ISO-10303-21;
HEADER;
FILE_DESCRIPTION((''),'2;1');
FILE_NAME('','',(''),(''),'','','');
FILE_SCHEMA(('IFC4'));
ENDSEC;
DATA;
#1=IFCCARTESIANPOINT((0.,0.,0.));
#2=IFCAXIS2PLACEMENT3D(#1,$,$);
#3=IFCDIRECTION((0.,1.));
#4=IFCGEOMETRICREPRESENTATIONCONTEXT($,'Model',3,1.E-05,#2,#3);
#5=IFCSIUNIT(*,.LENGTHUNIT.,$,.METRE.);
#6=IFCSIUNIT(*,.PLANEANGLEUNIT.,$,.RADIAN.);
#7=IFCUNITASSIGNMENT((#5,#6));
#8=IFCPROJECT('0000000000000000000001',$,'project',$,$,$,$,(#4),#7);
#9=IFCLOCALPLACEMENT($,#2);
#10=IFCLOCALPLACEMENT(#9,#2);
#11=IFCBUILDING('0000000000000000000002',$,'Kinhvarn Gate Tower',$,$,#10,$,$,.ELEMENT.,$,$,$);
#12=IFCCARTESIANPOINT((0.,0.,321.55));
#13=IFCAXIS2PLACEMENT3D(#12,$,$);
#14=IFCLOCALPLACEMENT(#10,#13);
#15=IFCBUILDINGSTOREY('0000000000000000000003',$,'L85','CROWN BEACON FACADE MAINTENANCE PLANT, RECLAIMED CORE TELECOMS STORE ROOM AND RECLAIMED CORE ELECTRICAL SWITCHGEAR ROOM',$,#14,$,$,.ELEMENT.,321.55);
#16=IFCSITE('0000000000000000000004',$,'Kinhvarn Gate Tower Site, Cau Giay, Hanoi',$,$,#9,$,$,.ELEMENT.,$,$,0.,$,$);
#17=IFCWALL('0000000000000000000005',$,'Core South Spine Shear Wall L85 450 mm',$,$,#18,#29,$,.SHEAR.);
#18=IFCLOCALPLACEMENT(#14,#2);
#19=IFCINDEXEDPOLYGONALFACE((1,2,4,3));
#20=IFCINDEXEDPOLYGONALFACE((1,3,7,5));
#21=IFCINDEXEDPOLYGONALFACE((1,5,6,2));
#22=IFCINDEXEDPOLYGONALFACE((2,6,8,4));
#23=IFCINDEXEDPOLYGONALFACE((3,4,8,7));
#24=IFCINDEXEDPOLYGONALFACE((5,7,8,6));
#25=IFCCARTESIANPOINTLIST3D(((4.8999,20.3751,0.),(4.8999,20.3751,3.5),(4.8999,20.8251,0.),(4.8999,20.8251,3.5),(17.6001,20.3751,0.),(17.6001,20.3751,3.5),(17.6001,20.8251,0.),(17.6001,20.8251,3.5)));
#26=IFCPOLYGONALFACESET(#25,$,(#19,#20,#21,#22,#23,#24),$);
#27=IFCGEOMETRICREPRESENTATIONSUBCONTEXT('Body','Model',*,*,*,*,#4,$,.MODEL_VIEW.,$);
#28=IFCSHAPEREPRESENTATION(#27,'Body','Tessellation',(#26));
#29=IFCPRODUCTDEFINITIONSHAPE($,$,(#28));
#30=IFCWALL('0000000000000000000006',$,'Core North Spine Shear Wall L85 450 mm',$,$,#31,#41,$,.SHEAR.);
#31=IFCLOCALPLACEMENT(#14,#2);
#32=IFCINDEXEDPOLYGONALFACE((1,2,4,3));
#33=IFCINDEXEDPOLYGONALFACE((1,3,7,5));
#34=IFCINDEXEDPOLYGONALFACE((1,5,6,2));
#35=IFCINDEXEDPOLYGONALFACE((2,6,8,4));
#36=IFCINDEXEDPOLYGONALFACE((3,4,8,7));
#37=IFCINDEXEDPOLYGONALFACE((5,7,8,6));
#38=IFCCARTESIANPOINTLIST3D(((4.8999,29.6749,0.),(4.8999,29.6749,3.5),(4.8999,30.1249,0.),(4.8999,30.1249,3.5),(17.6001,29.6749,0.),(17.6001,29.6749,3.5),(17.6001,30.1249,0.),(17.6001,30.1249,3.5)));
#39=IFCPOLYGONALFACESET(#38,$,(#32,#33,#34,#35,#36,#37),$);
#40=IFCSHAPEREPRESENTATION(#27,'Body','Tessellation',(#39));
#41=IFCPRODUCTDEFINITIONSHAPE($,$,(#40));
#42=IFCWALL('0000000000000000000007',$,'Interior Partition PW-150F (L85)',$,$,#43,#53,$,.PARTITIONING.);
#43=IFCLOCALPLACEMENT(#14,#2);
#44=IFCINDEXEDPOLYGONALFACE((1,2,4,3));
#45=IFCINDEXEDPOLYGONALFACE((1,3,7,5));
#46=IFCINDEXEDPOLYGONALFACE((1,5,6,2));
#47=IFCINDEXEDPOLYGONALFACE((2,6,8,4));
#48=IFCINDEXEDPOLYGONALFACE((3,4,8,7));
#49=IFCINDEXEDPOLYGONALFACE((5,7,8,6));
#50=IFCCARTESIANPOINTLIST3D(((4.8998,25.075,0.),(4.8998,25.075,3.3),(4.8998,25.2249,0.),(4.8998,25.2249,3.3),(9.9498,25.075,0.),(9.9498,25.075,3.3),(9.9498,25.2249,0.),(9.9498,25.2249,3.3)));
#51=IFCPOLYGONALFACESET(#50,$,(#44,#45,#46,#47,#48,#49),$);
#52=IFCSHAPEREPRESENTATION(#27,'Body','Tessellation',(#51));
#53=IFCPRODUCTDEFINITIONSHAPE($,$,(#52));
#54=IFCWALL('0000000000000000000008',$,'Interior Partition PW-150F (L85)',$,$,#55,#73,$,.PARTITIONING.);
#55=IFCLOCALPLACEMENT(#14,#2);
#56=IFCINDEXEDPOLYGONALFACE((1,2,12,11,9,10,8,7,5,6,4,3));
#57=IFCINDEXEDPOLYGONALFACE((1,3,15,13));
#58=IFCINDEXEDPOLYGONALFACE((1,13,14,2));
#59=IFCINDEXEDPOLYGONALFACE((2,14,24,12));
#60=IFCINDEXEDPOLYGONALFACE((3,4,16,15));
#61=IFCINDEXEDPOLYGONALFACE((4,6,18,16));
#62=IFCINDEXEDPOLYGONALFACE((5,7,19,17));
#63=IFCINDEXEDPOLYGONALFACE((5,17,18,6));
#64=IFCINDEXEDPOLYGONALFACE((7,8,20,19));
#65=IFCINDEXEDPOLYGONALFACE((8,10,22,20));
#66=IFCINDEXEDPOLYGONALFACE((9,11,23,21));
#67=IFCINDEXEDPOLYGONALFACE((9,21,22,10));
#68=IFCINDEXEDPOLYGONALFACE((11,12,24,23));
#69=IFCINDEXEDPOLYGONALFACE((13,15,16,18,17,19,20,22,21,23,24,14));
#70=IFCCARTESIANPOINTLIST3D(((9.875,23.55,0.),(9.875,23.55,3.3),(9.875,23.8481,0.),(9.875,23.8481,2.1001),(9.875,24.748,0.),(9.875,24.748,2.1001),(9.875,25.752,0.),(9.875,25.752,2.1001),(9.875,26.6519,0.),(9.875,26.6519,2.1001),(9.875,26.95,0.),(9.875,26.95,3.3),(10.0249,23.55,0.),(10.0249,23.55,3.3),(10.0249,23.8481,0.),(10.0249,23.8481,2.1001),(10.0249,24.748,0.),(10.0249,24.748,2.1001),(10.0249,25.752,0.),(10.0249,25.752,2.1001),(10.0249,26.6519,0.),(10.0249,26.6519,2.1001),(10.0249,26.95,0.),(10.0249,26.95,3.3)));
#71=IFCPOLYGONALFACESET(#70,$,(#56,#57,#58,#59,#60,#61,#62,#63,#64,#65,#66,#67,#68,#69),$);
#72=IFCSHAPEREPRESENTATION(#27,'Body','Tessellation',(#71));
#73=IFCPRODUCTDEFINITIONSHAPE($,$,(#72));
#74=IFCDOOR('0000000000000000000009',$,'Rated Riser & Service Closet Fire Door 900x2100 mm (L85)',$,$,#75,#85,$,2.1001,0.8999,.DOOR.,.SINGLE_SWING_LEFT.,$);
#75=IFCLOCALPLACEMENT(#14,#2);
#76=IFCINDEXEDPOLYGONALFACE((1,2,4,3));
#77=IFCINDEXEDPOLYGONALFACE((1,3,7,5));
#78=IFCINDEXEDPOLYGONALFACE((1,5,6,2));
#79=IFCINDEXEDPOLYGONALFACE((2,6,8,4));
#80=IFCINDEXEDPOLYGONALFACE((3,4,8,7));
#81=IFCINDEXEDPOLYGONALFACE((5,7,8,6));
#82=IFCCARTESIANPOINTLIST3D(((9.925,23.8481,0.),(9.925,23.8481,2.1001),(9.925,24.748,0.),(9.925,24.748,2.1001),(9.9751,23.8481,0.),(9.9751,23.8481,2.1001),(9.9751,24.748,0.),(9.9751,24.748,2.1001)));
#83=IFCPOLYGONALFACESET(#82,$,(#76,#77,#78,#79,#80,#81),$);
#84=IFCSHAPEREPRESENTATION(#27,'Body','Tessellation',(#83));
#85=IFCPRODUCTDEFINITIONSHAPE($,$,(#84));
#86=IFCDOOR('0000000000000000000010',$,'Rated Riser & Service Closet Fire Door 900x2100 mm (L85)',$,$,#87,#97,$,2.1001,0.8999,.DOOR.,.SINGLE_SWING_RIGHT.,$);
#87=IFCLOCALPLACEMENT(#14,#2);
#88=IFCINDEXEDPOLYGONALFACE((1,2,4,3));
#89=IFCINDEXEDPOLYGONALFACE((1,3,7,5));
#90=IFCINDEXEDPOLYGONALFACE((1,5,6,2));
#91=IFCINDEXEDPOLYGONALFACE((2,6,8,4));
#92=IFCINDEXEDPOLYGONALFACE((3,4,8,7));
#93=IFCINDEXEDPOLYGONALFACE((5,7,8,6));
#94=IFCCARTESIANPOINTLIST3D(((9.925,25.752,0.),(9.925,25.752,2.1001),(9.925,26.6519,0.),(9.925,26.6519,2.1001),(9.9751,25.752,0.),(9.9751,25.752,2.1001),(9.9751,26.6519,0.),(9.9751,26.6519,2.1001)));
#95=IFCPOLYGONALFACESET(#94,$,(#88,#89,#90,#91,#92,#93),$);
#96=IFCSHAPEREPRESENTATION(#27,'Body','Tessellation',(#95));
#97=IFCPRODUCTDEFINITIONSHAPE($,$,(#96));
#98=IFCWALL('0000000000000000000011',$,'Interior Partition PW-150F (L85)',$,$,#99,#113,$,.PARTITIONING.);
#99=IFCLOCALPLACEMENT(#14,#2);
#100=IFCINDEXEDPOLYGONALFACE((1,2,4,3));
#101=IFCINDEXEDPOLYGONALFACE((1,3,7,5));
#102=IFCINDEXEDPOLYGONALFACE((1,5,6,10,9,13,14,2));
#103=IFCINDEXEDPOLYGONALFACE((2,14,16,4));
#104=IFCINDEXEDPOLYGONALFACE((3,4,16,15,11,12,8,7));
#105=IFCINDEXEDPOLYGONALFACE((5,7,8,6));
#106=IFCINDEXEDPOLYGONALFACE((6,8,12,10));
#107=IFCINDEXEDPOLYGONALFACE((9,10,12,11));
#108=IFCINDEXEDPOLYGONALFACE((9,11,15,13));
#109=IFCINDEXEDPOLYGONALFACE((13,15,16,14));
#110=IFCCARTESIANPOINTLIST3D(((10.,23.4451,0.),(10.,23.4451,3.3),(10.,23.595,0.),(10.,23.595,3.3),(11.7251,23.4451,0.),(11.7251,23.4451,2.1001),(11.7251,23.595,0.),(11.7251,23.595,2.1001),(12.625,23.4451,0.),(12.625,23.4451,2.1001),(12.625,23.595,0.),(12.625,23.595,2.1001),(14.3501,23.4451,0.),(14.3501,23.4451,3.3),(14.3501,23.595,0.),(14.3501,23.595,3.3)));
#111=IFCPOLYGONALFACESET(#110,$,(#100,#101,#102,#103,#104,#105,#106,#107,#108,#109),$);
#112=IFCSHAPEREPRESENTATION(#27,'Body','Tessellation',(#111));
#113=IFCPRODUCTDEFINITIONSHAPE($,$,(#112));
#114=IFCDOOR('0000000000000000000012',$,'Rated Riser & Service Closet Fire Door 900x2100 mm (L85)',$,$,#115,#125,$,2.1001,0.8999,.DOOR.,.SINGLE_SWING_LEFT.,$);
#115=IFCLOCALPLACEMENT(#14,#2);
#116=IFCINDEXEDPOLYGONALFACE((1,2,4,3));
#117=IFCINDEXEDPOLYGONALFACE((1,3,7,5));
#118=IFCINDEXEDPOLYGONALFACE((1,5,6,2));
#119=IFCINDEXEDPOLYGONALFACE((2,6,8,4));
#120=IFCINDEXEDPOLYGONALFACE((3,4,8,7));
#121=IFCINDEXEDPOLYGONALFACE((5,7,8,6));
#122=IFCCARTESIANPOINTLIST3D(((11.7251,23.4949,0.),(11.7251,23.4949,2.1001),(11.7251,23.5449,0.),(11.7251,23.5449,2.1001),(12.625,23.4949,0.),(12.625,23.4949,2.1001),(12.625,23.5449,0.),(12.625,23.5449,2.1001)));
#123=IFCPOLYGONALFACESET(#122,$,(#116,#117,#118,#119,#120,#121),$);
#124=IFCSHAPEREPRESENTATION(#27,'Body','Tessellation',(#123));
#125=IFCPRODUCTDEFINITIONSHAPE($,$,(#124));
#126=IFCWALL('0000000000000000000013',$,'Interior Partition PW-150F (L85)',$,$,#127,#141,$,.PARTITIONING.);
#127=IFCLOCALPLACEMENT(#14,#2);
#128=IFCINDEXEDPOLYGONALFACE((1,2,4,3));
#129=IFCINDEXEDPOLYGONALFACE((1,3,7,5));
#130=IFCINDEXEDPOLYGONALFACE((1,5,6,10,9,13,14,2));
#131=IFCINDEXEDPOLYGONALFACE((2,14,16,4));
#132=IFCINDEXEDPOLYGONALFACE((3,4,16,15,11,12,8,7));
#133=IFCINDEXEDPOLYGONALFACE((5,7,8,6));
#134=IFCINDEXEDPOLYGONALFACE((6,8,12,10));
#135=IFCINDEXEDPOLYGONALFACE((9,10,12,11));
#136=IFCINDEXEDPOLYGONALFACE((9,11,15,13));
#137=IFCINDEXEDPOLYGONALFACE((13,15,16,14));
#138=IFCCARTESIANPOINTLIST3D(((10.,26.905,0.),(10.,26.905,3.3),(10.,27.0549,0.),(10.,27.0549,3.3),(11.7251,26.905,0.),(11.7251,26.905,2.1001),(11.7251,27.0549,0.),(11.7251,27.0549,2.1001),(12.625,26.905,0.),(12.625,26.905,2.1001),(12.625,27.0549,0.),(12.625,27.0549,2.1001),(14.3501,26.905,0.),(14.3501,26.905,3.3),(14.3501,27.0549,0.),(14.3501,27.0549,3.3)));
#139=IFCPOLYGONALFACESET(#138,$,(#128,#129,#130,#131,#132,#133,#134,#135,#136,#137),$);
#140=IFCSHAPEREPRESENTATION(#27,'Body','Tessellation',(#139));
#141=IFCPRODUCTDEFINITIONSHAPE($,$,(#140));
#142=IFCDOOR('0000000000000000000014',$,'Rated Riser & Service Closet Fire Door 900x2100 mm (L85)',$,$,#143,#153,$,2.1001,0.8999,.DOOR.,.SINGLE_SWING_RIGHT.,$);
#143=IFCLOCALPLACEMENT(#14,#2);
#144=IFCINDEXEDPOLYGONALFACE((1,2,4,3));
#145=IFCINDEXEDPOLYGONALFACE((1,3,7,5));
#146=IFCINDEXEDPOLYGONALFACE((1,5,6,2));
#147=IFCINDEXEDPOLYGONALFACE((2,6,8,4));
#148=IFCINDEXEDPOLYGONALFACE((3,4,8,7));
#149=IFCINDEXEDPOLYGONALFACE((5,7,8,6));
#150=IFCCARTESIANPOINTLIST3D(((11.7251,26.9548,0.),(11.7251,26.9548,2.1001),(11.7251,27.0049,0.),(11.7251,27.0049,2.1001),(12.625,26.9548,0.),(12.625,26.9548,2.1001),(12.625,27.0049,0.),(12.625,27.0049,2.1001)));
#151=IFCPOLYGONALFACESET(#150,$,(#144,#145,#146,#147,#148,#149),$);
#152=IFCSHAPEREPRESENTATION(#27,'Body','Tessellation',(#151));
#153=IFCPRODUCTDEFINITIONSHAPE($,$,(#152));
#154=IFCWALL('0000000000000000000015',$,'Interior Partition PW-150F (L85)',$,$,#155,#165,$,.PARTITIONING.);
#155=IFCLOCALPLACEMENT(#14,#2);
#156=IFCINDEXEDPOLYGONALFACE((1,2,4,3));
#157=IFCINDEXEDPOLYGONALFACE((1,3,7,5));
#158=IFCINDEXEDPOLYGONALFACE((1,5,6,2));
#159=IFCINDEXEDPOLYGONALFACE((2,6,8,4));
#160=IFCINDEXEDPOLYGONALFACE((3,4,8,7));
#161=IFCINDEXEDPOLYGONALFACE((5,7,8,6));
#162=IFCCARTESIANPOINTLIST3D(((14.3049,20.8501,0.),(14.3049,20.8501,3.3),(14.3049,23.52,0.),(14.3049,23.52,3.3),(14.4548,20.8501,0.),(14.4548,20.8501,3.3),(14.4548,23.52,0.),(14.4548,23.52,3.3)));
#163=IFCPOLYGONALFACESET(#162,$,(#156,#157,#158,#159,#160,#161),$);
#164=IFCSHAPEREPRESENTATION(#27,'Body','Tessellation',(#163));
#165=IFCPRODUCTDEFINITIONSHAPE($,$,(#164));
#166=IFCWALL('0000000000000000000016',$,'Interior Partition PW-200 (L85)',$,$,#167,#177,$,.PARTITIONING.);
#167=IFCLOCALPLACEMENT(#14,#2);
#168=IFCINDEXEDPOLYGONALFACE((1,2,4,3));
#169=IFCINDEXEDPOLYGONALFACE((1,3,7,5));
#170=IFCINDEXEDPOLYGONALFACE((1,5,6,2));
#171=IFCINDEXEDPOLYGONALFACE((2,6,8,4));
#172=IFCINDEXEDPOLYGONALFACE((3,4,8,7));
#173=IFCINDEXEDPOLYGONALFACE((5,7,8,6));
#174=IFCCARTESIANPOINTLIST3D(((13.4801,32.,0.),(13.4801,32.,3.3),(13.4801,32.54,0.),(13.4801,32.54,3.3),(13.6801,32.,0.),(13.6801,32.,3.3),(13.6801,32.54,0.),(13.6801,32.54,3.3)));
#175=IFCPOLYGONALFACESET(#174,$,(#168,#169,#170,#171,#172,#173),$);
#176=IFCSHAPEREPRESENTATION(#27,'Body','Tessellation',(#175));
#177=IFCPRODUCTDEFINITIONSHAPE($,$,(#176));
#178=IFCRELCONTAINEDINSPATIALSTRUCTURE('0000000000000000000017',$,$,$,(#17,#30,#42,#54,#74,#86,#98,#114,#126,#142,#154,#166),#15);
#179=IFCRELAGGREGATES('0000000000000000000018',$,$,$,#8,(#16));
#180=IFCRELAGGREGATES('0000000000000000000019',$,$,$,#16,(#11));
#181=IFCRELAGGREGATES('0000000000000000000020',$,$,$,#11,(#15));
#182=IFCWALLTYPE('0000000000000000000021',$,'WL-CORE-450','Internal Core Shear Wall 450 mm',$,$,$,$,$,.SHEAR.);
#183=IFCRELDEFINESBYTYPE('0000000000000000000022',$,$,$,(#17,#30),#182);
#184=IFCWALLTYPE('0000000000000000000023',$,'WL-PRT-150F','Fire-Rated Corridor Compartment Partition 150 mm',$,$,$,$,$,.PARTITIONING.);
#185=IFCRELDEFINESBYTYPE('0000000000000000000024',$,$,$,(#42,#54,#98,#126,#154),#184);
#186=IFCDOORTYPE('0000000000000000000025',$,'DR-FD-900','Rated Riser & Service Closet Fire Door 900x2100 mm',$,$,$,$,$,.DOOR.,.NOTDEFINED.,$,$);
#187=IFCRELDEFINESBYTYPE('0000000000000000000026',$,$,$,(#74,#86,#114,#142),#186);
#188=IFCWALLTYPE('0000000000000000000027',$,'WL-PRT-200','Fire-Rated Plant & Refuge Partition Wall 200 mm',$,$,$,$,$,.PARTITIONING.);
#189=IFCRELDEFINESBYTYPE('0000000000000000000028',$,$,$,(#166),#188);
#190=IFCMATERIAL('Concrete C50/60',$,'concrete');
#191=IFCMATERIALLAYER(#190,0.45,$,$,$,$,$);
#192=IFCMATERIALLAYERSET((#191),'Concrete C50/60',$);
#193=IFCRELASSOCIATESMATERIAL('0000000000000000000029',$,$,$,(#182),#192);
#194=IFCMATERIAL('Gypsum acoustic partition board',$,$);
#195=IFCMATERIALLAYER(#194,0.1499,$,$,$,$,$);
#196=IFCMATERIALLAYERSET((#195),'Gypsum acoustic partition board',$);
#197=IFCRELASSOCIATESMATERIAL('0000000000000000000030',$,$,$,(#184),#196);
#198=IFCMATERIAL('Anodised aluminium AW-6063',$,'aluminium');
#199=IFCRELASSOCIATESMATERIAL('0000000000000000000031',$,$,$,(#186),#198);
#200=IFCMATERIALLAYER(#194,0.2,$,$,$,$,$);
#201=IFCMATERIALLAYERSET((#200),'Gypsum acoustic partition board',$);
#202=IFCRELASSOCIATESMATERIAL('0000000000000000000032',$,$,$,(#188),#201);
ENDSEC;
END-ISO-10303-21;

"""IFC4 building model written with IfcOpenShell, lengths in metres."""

from ifc_helpers import new_model, si_unit, direction, frame, frame_2d, origin, place, context, subcontext, project, spatial, rectangle, extrude, material, layer, layer_set, type_object, element, fill, save


model = new_model("IFC4")

# Units and contexts
model_context = context("Model", 3, precision=1e-05, world=origin(), true_north=direction((0.0, 1.0)))
body_context = subcontext(model_context, "Body", "Model", "MODEL_VIEW")
ifc_project = project(units=[si_unit("LENGTHUNIT", "METRE"), si_unit("PLANEANGLEUNIT", "RADIAN")], contexts=[model_context])

# Site, building, storey
site_placement = place(None, origin())
site = spatial("IfcSite", under=ifc_project, at=site_placement, Name="Kinhvarn Gate Tower Site, Cau Giay, Hanoi", CompositionType="ELEMENT", RefElevation=0.0)
building_placement = place(site_placement, origin())
building = spatial("IfcBuilding", under=site, at=building_placement, Name="Kinhvarn Gate Tower", CompositionType="ELEMENT")
storey_placement = place(building_placement, frame((0.0, 0.0, 321.55)))
storey = spatial("IfcBuildingStorey", under=building, at=storey_placement, Name="L85", Description="CROWN BEACON FACADE MAINTENANCE PLANT, RECLAIMED CORE TELECOMS STORE ROOM AND RECLAIMED CORE ELECTRICAL SWITCHGEAR ROOM", CompositionType="ELEMENT", Elevation=321.55)

# Walls
ifc_material_1 = material(Name="Concrete C50/60", Category="concrete")
ifc_layer_1 = layer(ifc_material_1, 0.45)
ifc_layer_set_1 = layer_set([ifc_layer_1], Name="Concrete C50/60")
wall_type_1 = type_object("IfcWallType", Name="WL-CORE-450", Description="Internal Core Shear Wall 450 mm", PredefinedType="SHEAR", material=ifc_layer_set_1)
for number, where, z_axis, x_axis, name in (
    (1, (4.8999, 20.6001, 0.0), (0.0, 0.0, 1.0), (1.0, 0.0, 0.0), "Core South Spine Shear Wall L85 450 mm"),
    (2, (4.8999, 29.8999, 0.0), (0.0, 0.0, 1.0), (1.0, 0.0, 0.0), "Core North Spine Shear Wall L85 450 mm"),
):
    element("IfcWall", number, at=place(storey_placement, frame(where, z_axis=z_axis, x_axis=x_axis)), inside=storey, type_object=wall_type_1, Name=name, PredefinedType="SHEAR", context=body_context, shape_type="SweptSolid", body=[
        extrude(rectangle(XDim=12.7002, YDim=0.45, at=frame_2d((6.3501, 0.0))), origin(), (0.0, 0.0, 1.0), 3.5),
    ])
ifc_material_2 = material(Name="Gypsum acoustic partition board")
ifc_layer_2 = layer(ifc_material_2, 0.1499)
ifc_layer_set_2 = layer_set([ifc_layer_2], Name="Gypsum acoustic partition board")
wall_type_2 = type_object("IfcWallType", Name="WL-PRT-150F", Description="Fire-Rated Corridor Compartment Partition 150 mm", PredefinedType="PARTITIONING", material=ifc_layer_set_2)
wall_1_placement = place(storey_placement, frame((4.8999, 25.1499, 0.0), z_axis=(0.0, 0.0, 1.0), x_axis=(1.0, 0.0, 0.0)))
element("IfcWall", 3, at=wall_1_placement, inside=storey, type_object=wall_type_2, Name="Interior Partition PW-150F (L85)", PredefinedType="PARTITIONING", context=body_context, shape_type="SweptSolid", body=[
    extrude(rectangle(XDim=5.05, YDim=0.1499, at=frame_2d((2.5249, 0.0))), origin(), (0.0, 0.0, 1.0), 3.3),
])

# Wall, openings, doors
wall_2_placement = place(storey_placement, frame((9.95, 23.55, 0.0), z_axis=(0.0, 0.0, 1.0), x_axis=(0.0, 1.0, 0.0)))
wall_2 = element("IfcWall", 4, at=wall_2_placement, inside=storey, type_object=wall_type_2, Name="Interior Partition PW-150F (L85)", PredefinedType="PARTITIONING", context=body_context, shape_type="SweptSolid", body=[
    extrude(rectangle(XDim=3.3999, YDim=0.1499, at=frame_2d((1.7, 0.0))), origin(), (0.0, 0.0, 1.0), 3.3),
])
opening_1_placement = place(wall_2_placement, frame((0.2981, 0.0, 0.0)))
opening_1 = element("IfcOpeningElement", 5, at=opening_1_placement, cuts=wall_2, PredefinedType="OPENING", context=body_context, shape_type="SweptSolid", body=[
    extrude(rectangle(XDim=0.8999, YDim=2.1001, at=frame_2d((0.45, 1.05))), frame((0.0, 0.085, 0.0), z_axis=(0.0, -1.0, 0.0), x_axis=(1.0, 0.0, 0.0)), (0.0, 0.0, 1.0), 0.1699),
])
opening_2_placement = place(wall_2_placement, frame((2.2019, 0.0, 0.0)))
opening_2 = element("IfcOpeningElement", 6, at=opening_2_placement, cuts=wall_2, PredefinedType="OPENING", context=body_context, shape_type="SweptSolid", body=[
    extrude(rectangle(XDim=0.8999, YDim=2.1001, at=frame_2d((0.45, 1.05))), frame((0.0, 0.085, 0.0), z_axis=(0.0, -1.0, 0.0), x_axis=(1.0, 0.0, 0.0)), (0.0, 0.0, 1.0), 0.1699),
])
ifc_material_3 = material(Name="Anodised aluminium AW-6063", Category="aluminium")
door_type_1 = type_object("IfcDoorType", Name="DR-FD-900", Description="Rated Riser & Service Closet Fire Door 900x2100 mm", OperationType="NOTDEFINED", PredefinedType="DOOR", material=ifc_material_3)
door_1_placement = place(opening_1_placement, origin())
door_1 = element("IfcDoor", 7, at=door_1_placement, inside=storey, type_object=door_type_1, Name="Rated Riser & Service Closet Fire Door 900x2100 mm (L85)", OperationType="SINGLE_SWING_LEFT", OverallHeight=2.1001, OverallWidth=0.8999, PredefinedType="DOOR", context=body_context, shape_type="SweptSolid", body=[
    extrude(rectangle(XDim=0.8999, YDim=2.1001, at=frame_2d((0.45, 1.05))), frame((0.0, 0.0249, 0.0), z_axis=(0.0, -1.0, 0.0), x_axis=(1.0, 0.0, 0.0)), (0.0, 0.0, 1.0), 0.05),
])
fill(opening_1, door_1)
door_2_placement = place(opening_2_placement, origin())
door_2 = element("IfcDoor", 8, at=door_2_placement, inside=storey, type_object=door_type_1, Name="Rated Riser & Service Closet Fire Door 900x2100 mm (L85)", OperationType="SINGLE_SWING_RIGHT", OverallHeight=2.1001, OverallWidth=0.8999, PredefinedType="DOOR", context=body_context, shape_type="SweptSolid", body=[
    extrude(rectangle(XDim=0.8999, YDim=2.1001, at=frame_2d((0.45, 1.05))), frame((0.0, 0.0249, 0.0), z_axis=(0.0, -1.0, 0.0), x_axis=(1.0, 0.0, 0.0)), (0.0, 0.0, 1.0), 0.05),
])
fill(opening_2, door_2)

# Walls, openings, doors
wall_3_placement = place(storey_placement, frame((10.0, 23.52, 0.0), z_axis=(0.0, 0.0, 1.0), x_axis=(1.0, 0.0, 0.0)))
wall_3 = element("IfcWall", 9, at=wall_3_placement, inside=storey, type_object=wall_type_2, Name="Interior Partition PW-150F (L85)", PredefinedType="PARTITIONING", context=body_context, shape_type="SweptSolid", body=[
    extrude(rectangle(XDim=4.3501, YDim=0.1499, at=frame_2d((2.175, 0.0))), origin(), (0.0, 0.0, 1.0), 3.3),
])
opening_3_placement = place(wall_3_placement, frame((1.7251, 0.0, 0.0)))
opening_3 = element("IfcOpeningElement", 10, at=opening_3_placement, cuts=wall_3, PredefinedType="OPENING", context=body_context, shape_type="SweptSolid", body=[
    extrude(rectangle(XDim=0.8999, YDim=2.1001, at=frame_2d((0.45, 1.05))), frame((0.0, 0.085, 0.0), z_axis=(0.0, -1.0, 0.0), x_axis=(1.0, 0.0, 0.0)), (0.0, 0.0, 1.0), 0.1699),
])
door_3_placement = place(opening_3_placement, origin())
door_3 = element("IfcDoor", 11, at=door_3_placement, inside=storey, type_object=door_type_1, Name="Rated Riser & Service Closet Fire Door 900x2100 mm (L85)", OperationType="SINGLE_SWING_LEFT", OverallHeight=2.1001, OverallWidth=0.8999, PredefinedType="DOOR", context=body_context, shape_type="SweptSolid", body=[
    extrude(rectangle(XDim=0.8999, YDim=2.1001, at=frame_2d((0.45, 1.05))), frame((0.0, 0.0249, 0.0), z_axis=(0.0, -1.0, 0.0), x_axis=(1.0, 0.0, 0.0)), (0.0, 0.0, 1.0), 0.05),
])
fill(opening_3, door_3)
wall_4_placement = place(storey_placement, frame((10.0, 26.98, 0.0), z_axis=(0.0, 0.0, 1.0), x_axis=(1.0, 0.0, 0.0)))
wall_4 = element("IfcWall", 12, at=wall_4_placement, inside=storey, type_object=wall_type_2, Name="Interior Partition PW-150F (L85)", PredefinedType="PARTITIONING", context=body_context, shape_type="SweptSolid", body=[
    extrude(rectangle(XDim=4.3501, YDim=0.1499, at=frame_2d((2.175, 0.0))), origin(), (0.0, 0.0, 1.0), 3.3),
])
opening_4_placement = place(wall_4_placement, frame((1.7251, 0.0, 0.0)))
opening_4 = element("IfcOpeningElement", 13, at=opening_4_placement, cuts=wall_4, PredefinedType="OPENING", context=body_context, shape_type="SweptSolid", body=[
    extrude(rectangle(XDim=0.8999, YDim=2.1001, at=frame_2d((0.45, 1.05))), frame((0.0, 0.085, 0.0), z_axis=(0.0, -1.0, 0.0), x_axis=(1.0, 0.0, 0.0)), (0.0, 0.0, 1.0), 0.1699),
])
door_4_placement = place(opening_4_placement, origin())
door_4 = element("IfcDoor", 14, at=door_4_placement, inside=storey, type_object=door_type_1, Name="Rated Riser & Service Closet Fire Door 900x2100 mm (L85)", OperationType="SINGLE_SWING_RIGHT", OverallHeight=2.1001, OverallWidth=0.8999, PredefinedType="DOOR", context=body_context, shape_type="SweptSolid", body=[
    extrude(rectangle(XDim=0.8999, YDim=2.1001, at=frame_2d((0.45, 1.05))), frame((0.0, 0.0249, 0.0), z_axis=(0.0, -1.0, 0.0), x_axis=(1.0, 0.0, 0.0)), (0.0, 0.0, 1.0), 0.05),
])
fill(opening_4, door_4)

# Walls
wall_5_placement = place(storey_placement, frame((14.3799, 20.8501, 0.0), z_axis=(0.0, 0.0, 1.0), x_axis=(0.0, 1.0, 0.0)))
element("IfcWall", 15, at=wall_5_placement, inside=storey, type_object=wall_type_2, Name="Interior Partition PW-150F (L85)", PredefinedType="PARTITIONING", context=body_context, shape_type="SweptSolid", body=[
    extrude(rectangle(XDim=2.6699, YDim=0.1499, at=frame_2d((1.335, 0.0))), origin(), (0.0, 0.0, 1.0), 3.3),
])
ifc_layer_3 = layer(ifc_material_2, 0.2)
ifc_layer_set_3 = layer_set([ifc_layer_3], Name="Gypsum acoustic partition board")
wall_type_3 = type_object("IfcWallType", Name="WL-PRT-200", Description="Fire-Rated Plant & Refuge Partition Wall 200 mm", PredefinedType="PARTITIONING", material=ifc_layer_set_3)
wall_6_placement = place(storey_placement, frame((13.5801, 32.0, 0.0), z_axis=(0.0, 0.0, 1.0), x_axis=(0.0, 1.0, 0.0)))
element("IfcWall", 16, at=wall_6_placement, inside=storey, type_object=wall_type_3, Name="Interior Partition PW-200 (L85)", PredefinedType="PARTITIONING", context=body_context, shape_type="SweptSolid", body=[
    extrude(rectangle(XDim=0.54, YDim=0.2, at=frame_2d((0.27, 0.0))), origin(), (0.0, 0.0, 1.0), 3.3),
])

save(model, "model.ifc")
